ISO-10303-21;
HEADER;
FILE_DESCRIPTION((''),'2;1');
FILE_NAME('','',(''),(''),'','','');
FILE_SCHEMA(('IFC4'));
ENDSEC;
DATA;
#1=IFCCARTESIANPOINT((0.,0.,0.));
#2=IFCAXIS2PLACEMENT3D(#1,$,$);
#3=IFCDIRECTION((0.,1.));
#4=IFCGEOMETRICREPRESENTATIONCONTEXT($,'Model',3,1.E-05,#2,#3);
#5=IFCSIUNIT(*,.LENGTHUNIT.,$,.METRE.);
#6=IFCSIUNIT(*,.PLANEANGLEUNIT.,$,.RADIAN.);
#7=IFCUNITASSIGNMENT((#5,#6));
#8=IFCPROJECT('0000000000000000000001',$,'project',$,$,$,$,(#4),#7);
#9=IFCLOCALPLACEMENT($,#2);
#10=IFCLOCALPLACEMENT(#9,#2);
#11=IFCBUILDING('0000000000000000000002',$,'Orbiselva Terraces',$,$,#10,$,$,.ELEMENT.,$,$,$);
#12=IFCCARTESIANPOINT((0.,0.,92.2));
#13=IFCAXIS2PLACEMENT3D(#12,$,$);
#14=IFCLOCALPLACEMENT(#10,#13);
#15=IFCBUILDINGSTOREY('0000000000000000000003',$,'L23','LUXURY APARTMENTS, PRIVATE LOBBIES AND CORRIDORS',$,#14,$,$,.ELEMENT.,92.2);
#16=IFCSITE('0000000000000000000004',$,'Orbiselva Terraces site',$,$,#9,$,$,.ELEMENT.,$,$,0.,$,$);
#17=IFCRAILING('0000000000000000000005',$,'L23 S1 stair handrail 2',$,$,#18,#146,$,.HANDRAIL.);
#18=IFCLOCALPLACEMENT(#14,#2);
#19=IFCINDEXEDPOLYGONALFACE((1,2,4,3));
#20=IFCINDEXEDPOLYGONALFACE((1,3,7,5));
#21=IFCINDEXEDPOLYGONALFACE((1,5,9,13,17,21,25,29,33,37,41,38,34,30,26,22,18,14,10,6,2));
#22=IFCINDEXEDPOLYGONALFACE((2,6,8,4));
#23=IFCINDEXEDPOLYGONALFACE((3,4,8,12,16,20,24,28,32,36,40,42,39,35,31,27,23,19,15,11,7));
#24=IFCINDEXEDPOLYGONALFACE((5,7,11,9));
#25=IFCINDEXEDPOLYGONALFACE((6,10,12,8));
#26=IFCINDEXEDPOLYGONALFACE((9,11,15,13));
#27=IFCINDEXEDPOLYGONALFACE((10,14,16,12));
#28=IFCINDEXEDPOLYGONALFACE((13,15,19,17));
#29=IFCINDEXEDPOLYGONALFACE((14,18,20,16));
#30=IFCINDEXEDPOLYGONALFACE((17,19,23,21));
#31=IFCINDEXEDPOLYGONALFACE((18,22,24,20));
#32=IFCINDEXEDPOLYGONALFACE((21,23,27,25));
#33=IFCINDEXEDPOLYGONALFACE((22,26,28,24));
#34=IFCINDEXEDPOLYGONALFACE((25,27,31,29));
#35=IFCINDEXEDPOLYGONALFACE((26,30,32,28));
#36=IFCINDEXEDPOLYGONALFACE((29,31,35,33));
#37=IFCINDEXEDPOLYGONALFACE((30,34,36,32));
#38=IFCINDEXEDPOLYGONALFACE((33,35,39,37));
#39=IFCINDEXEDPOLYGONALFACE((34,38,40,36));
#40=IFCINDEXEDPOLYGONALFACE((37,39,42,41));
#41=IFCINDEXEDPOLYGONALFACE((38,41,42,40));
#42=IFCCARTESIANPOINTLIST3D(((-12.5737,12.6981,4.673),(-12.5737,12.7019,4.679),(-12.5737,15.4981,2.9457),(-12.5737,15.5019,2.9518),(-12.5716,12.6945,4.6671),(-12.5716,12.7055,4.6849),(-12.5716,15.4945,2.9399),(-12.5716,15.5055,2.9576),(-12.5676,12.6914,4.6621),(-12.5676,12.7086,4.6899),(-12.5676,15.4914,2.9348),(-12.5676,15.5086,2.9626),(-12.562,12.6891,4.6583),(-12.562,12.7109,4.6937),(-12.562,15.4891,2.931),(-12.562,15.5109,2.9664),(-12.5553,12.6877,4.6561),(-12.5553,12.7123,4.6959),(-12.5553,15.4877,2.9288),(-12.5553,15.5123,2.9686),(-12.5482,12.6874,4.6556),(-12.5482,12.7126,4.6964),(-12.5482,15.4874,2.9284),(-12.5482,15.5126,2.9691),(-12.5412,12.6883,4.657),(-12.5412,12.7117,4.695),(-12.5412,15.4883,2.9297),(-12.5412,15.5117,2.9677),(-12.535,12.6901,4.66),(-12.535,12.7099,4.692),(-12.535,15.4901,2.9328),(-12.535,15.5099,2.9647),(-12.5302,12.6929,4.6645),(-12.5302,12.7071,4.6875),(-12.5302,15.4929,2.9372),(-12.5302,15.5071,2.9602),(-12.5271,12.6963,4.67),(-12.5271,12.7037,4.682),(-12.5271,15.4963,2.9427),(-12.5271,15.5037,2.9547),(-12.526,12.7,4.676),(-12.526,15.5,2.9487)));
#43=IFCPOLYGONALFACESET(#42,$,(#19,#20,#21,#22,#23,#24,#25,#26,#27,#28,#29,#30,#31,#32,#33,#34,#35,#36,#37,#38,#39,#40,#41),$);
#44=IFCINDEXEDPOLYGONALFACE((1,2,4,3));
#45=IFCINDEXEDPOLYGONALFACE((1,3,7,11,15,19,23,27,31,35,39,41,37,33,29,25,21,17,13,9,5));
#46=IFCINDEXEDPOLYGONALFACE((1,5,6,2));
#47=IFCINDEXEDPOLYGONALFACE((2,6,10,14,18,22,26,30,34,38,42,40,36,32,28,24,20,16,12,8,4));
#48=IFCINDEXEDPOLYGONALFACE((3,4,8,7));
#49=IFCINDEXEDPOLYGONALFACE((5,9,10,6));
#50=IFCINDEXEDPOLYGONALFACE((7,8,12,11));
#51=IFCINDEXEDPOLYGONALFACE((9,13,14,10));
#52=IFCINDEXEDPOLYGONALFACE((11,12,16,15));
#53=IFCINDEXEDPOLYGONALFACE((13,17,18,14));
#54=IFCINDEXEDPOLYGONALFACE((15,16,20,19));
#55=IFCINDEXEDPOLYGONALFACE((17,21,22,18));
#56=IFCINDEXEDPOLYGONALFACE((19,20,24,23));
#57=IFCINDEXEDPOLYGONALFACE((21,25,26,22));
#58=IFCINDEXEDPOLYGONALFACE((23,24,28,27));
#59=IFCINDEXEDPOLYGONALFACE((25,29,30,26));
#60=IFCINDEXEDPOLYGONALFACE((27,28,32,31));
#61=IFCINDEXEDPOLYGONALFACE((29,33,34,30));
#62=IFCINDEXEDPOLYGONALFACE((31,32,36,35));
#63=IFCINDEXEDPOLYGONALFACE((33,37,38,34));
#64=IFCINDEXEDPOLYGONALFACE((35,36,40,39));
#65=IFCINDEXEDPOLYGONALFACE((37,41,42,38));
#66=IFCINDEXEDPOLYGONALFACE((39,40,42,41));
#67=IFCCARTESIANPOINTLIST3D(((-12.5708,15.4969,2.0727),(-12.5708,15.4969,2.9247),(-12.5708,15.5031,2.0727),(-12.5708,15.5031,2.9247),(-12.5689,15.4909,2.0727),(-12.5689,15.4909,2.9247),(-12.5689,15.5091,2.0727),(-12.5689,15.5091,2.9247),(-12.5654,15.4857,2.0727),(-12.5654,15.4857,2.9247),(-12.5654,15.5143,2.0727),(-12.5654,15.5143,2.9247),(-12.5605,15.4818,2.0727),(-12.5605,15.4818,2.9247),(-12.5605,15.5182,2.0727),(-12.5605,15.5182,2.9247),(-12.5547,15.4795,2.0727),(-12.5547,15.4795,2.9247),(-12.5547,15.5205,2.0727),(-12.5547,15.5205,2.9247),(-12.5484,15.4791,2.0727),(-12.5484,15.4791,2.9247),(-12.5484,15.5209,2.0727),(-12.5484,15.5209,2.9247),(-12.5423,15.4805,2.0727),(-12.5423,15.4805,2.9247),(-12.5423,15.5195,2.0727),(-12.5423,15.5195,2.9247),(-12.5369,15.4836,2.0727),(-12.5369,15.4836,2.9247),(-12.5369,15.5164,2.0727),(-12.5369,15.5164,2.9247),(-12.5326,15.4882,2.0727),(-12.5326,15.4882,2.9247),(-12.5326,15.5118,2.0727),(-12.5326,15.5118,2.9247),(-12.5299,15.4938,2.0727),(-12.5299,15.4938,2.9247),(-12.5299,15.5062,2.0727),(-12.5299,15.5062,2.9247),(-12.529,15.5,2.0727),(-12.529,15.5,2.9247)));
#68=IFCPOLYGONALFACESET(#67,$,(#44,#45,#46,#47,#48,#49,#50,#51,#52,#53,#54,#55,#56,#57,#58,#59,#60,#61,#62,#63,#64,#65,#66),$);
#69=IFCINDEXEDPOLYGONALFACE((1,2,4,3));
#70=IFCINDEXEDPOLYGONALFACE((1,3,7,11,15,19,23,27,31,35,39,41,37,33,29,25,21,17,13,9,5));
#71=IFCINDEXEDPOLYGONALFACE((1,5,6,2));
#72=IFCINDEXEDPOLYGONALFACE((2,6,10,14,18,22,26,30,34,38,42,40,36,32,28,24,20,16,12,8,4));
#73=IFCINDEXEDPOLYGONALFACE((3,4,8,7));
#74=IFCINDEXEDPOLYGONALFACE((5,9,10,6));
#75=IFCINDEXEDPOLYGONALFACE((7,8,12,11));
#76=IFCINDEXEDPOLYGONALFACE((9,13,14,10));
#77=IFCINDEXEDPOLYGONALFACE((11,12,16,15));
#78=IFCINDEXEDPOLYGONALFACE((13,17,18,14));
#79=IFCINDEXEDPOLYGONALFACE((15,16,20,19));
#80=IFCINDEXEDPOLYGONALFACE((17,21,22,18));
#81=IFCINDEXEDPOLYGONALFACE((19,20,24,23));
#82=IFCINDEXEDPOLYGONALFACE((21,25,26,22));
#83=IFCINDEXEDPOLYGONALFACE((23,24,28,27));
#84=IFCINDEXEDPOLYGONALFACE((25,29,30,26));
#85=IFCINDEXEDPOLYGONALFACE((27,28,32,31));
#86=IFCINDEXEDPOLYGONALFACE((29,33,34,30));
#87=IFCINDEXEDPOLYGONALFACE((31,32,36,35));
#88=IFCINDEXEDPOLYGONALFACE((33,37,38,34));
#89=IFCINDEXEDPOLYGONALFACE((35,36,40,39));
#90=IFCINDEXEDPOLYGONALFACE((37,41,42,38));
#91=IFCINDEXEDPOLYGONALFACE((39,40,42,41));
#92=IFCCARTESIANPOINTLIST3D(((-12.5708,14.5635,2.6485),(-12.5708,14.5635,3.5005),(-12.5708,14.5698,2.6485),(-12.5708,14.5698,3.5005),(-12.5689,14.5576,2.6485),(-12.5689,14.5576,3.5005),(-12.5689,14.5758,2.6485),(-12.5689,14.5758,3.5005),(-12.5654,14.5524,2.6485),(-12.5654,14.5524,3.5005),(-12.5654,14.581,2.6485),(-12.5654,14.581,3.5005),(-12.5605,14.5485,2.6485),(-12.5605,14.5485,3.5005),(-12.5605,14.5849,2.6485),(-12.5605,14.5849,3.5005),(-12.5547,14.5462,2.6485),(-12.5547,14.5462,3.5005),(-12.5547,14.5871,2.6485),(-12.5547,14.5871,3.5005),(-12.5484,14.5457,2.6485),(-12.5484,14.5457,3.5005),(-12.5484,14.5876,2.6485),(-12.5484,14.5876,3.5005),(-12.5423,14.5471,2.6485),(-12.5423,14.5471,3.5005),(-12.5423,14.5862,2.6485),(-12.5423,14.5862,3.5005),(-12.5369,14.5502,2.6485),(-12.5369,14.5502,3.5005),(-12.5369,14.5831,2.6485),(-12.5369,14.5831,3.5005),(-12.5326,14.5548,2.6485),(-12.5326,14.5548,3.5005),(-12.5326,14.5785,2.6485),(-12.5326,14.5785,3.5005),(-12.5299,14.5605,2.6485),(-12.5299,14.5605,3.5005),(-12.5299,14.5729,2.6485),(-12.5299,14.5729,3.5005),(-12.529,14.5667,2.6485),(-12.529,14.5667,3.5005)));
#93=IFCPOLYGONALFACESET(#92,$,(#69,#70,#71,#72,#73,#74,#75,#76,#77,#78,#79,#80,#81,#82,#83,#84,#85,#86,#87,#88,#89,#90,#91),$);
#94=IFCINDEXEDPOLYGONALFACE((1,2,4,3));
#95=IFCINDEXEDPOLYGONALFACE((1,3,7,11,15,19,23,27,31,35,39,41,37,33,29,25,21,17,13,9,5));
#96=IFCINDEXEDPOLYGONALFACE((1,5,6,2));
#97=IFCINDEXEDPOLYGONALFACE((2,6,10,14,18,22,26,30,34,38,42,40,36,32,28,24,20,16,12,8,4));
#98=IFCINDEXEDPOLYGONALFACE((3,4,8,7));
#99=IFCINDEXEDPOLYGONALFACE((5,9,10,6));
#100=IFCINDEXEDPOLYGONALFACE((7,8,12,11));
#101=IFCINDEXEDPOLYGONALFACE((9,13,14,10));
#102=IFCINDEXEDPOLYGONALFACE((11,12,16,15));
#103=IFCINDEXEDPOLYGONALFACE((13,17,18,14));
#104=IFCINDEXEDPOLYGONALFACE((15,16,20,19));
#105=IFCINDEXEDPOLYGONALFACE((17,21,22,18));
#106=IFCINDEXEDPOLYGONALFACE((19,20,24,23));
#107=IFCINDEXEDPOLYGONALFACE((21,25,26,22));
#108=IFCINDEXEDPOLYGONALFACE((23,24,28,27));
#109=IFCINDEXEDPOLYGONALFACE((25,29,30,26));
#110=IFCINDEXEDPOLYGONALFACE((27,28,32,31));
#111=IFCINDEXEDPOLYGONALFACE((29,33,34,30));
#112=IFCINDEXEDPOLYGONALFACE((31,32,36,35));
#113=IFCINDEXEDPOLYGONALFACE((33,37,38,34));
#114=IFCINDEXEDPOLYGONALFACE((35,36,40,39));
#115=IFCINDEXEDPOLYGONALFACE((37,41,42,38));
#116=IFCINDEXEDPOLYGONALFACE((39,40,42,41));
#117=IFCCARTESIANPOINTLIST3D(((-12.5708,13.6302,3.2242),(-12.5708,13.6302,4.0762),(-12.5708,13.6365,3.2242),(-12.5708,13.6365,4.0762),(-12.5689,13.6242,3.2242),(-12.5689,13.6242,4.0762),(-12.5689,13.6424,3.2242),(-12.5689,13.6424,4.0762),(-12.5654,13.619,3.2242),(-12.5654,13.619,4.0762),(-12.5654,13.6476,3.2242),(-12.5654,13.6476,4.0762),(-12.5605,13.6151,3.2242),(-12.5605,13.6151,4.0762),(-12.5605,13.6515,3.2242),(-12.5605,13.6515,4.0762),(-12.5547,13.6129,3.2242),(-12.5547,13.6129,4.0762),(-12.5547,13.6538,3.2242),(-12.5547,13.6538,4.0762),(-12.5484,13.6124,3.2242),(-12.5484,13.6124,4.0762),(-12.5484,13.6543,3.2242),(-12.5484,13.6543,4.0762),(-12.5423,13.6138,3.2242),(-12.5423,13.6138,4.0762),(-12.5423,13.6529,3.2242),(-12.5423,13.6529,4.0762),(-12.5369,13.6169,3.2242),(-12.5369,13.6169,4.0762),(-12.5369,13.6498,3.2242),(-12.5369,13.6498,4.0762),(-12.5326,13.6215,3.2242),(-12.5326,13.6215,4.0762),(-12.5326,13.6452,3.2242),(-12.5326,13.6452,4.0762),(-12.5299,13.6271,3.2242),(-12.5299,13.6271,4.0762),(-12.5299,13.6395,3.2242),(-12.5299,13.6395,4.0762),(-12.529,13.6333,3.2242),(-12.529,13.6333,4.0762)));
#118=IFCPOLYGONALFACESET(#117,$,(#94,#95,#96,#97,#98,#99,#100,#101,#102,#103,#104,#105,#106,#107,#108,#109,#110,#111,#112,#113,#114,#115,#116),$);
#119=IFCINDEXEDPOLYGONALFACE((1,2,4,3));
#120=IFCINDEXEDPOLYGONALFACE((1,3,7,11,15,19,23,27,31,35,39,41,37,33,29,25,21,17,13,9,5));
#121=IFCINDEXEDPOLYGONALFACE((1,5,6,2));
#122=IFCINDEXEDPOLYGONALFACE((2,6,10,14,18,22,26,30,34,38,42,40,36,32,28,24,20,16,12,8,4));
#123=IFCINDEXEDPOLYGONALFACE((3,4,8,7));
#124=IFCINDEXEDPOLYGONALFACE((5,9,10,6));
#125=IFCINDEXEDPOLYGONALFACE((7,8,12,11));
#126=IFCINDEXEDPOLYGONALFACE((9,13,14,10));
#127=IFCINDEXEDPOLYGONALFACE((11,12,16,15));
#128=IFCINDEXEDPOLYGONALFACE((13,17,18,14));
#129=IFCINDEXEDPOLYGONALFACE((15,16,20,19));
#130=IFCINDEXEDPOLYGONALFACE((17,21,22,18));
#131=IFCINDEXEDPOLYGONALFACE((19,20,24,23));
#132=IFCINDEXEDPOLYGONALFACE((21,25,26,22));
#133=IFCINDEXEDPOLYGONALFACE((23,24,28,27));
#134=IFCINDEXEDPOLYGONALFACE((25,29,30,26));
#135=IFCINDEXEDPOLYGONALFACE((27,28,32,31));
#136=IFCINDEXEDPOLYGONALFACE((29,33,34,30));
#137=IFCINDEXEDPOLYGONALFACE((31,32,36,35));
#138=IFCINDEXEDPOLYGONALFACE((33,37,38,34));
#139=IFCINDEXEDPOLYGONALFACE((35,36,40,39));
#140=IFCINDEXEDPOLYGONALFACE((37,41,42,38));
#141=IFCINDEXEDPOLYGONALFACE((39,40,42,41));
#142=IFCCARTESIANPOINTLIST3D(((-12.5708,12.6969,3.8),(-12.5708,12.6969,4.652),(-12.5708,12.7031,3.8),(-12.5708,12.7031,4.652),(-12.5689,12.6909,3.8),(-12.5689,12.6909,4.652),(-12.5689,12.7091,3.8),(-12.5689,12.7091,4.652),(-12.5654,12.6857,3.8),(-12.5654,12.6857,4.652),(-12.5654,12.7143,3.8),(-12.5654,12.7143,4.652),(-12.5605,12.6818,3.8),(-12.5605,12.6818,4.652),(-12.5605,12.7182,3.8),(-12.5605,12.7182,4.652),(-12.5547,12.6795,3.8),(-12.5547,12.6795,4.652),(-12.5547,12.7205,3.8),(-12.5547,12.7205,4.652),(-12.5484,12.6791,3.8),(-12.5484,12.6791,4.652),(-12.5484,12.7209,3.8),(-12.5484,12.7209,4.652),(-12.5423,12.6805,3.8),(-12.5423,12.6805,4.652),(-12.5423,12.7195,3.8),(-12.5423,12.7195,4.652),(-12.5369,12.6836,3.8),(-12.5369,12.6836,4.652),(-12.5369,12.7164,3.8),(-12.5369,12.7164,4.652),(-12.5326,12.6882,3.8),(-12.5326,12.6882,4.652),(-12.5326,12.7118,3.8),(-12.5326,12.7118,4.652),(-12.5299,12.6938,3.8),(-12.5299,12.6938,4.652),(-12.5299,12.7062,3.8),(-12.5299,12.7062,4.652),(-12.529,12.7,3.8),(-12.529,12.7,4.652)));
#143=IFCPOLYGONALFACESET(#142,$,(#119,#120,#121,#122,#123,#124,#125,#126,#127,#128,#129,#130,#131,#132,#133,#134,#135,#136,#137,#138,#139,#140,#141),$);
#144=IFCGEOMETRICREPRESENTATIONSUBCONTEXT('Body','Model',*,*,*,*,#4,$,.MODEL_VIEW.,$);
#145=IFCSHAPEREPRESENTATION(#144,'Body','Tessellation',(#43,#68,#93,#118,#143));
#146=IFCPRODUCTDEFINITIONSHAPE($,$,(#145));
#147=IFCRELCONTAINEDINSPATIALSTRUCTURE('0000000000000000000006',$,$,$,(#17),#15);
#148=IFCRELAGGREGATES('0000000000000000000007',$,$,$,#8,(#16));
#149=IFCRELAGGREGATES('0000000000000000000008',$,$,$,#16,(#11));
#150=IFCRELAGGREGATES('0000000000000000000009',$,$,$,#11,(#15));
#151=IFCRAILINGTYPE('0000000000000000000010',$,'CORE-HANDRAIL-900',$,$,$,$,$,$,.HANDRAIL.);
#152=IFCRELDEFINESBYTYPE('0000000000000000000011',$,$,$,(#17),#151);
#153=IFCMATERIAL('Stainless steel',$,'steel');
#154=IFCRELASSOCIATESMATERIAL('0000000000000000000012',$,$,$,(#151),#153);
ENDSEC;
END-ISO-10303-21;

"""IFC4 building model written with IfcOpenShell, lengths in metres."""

from ifc_helpers import new_model, si_unit, direction, frame, origin, origin_2d, place, context, subcontext, project, spatial, circle, extrude, material, type_object, element, save


model = new_model("IFC4")

# Units and contexts
model_context = context("Model", 3, precision=1e-05, world=origin(), true_north=direction((0.0, 1.0)))
body_context = subcontext(model_context, "Body", "Model", "MODEL_VIEW")
ifc_project = project(units=[si_unit("LENGTHUNIT", "METRE"), si_unit("PLANEANGLEUNIT", "RADIAN")], contexts=[model_context])

# Site, building, storey
site_placement = place(None, origin())
site = spatial("IfcSite", under=ifc_project, at=site_placement, Name="Orbiselva Terraces site", CompositionType="ELEMENT", RefElevation=0.0)
building_placement = place(site_placement, origin())
building = spatial("IfcBuilding", under=site, at=building_placement, Name="Orbiselva Terraces", CompositionType="ELEMENT")
storey_placement = place(building_placement, frame((0.0, 0.0, 92.2)))
storey = spatial("IfcBuildingStorey", under=building, at=storey_placement, Name="L23", Description="LUXURY APARTMENTS, PRIVATE LOBBIES AND CORRIDORS", CompositionType="ELEMENT", Elevation=92.2)

# Railing
ifc_material_1 = material(Name="Stainless steel", Category="steel")
railing_type_1 = type_object("IfcRailingType", Name="CORE-HANDRAIL-900", PredefinedType="HANDRAIL", material=ifc_material_1)
railing_1_placement = place(storey_placement, frame((-12.55, 15.5, 2.0727)))
element("IfcRailing", 1, at=railing_1_placement, inside=storey, type_object=railing_type_1, Name="L23 S1 stair handrail 2", PredefinedType="HANDRAIL", context=body_context, shape_type="SweptSolid", body=[
    extrude(circle(Radius=0.024, at=origin_2d()), frame((0.0, 0.0, 0.876), z_axis=(0.0, -0.851089, 0.525022), x_axis=(1.0, 0.0, 0.0)), (0.0, 0.0, 1.0), 3.2899),
    extrude(circle(Radius=0.021, at=origin_2d()), origin(), (0.0, 0.0, 1.0), 0.852),
    extrude(circle(Radius=0.021, at=origin_2d()), frame((0.0, -0.9333, 0.5758)), (0.0, 0.0, 1.0), 0.852),
    extrude(circle(Radius=0.021, at=origin_2d()), frame((0.0, -1.8667, 1.1515)), (0.0, 0.0, 1.0), 0.852),
    extrude(circle(Radius=0.021, at=origin_2d()), frame((0.0, -2.8, 1.7273)), (0.0, 0.0, 1.0), 0.852),
])

save(model, "model.ifc")
